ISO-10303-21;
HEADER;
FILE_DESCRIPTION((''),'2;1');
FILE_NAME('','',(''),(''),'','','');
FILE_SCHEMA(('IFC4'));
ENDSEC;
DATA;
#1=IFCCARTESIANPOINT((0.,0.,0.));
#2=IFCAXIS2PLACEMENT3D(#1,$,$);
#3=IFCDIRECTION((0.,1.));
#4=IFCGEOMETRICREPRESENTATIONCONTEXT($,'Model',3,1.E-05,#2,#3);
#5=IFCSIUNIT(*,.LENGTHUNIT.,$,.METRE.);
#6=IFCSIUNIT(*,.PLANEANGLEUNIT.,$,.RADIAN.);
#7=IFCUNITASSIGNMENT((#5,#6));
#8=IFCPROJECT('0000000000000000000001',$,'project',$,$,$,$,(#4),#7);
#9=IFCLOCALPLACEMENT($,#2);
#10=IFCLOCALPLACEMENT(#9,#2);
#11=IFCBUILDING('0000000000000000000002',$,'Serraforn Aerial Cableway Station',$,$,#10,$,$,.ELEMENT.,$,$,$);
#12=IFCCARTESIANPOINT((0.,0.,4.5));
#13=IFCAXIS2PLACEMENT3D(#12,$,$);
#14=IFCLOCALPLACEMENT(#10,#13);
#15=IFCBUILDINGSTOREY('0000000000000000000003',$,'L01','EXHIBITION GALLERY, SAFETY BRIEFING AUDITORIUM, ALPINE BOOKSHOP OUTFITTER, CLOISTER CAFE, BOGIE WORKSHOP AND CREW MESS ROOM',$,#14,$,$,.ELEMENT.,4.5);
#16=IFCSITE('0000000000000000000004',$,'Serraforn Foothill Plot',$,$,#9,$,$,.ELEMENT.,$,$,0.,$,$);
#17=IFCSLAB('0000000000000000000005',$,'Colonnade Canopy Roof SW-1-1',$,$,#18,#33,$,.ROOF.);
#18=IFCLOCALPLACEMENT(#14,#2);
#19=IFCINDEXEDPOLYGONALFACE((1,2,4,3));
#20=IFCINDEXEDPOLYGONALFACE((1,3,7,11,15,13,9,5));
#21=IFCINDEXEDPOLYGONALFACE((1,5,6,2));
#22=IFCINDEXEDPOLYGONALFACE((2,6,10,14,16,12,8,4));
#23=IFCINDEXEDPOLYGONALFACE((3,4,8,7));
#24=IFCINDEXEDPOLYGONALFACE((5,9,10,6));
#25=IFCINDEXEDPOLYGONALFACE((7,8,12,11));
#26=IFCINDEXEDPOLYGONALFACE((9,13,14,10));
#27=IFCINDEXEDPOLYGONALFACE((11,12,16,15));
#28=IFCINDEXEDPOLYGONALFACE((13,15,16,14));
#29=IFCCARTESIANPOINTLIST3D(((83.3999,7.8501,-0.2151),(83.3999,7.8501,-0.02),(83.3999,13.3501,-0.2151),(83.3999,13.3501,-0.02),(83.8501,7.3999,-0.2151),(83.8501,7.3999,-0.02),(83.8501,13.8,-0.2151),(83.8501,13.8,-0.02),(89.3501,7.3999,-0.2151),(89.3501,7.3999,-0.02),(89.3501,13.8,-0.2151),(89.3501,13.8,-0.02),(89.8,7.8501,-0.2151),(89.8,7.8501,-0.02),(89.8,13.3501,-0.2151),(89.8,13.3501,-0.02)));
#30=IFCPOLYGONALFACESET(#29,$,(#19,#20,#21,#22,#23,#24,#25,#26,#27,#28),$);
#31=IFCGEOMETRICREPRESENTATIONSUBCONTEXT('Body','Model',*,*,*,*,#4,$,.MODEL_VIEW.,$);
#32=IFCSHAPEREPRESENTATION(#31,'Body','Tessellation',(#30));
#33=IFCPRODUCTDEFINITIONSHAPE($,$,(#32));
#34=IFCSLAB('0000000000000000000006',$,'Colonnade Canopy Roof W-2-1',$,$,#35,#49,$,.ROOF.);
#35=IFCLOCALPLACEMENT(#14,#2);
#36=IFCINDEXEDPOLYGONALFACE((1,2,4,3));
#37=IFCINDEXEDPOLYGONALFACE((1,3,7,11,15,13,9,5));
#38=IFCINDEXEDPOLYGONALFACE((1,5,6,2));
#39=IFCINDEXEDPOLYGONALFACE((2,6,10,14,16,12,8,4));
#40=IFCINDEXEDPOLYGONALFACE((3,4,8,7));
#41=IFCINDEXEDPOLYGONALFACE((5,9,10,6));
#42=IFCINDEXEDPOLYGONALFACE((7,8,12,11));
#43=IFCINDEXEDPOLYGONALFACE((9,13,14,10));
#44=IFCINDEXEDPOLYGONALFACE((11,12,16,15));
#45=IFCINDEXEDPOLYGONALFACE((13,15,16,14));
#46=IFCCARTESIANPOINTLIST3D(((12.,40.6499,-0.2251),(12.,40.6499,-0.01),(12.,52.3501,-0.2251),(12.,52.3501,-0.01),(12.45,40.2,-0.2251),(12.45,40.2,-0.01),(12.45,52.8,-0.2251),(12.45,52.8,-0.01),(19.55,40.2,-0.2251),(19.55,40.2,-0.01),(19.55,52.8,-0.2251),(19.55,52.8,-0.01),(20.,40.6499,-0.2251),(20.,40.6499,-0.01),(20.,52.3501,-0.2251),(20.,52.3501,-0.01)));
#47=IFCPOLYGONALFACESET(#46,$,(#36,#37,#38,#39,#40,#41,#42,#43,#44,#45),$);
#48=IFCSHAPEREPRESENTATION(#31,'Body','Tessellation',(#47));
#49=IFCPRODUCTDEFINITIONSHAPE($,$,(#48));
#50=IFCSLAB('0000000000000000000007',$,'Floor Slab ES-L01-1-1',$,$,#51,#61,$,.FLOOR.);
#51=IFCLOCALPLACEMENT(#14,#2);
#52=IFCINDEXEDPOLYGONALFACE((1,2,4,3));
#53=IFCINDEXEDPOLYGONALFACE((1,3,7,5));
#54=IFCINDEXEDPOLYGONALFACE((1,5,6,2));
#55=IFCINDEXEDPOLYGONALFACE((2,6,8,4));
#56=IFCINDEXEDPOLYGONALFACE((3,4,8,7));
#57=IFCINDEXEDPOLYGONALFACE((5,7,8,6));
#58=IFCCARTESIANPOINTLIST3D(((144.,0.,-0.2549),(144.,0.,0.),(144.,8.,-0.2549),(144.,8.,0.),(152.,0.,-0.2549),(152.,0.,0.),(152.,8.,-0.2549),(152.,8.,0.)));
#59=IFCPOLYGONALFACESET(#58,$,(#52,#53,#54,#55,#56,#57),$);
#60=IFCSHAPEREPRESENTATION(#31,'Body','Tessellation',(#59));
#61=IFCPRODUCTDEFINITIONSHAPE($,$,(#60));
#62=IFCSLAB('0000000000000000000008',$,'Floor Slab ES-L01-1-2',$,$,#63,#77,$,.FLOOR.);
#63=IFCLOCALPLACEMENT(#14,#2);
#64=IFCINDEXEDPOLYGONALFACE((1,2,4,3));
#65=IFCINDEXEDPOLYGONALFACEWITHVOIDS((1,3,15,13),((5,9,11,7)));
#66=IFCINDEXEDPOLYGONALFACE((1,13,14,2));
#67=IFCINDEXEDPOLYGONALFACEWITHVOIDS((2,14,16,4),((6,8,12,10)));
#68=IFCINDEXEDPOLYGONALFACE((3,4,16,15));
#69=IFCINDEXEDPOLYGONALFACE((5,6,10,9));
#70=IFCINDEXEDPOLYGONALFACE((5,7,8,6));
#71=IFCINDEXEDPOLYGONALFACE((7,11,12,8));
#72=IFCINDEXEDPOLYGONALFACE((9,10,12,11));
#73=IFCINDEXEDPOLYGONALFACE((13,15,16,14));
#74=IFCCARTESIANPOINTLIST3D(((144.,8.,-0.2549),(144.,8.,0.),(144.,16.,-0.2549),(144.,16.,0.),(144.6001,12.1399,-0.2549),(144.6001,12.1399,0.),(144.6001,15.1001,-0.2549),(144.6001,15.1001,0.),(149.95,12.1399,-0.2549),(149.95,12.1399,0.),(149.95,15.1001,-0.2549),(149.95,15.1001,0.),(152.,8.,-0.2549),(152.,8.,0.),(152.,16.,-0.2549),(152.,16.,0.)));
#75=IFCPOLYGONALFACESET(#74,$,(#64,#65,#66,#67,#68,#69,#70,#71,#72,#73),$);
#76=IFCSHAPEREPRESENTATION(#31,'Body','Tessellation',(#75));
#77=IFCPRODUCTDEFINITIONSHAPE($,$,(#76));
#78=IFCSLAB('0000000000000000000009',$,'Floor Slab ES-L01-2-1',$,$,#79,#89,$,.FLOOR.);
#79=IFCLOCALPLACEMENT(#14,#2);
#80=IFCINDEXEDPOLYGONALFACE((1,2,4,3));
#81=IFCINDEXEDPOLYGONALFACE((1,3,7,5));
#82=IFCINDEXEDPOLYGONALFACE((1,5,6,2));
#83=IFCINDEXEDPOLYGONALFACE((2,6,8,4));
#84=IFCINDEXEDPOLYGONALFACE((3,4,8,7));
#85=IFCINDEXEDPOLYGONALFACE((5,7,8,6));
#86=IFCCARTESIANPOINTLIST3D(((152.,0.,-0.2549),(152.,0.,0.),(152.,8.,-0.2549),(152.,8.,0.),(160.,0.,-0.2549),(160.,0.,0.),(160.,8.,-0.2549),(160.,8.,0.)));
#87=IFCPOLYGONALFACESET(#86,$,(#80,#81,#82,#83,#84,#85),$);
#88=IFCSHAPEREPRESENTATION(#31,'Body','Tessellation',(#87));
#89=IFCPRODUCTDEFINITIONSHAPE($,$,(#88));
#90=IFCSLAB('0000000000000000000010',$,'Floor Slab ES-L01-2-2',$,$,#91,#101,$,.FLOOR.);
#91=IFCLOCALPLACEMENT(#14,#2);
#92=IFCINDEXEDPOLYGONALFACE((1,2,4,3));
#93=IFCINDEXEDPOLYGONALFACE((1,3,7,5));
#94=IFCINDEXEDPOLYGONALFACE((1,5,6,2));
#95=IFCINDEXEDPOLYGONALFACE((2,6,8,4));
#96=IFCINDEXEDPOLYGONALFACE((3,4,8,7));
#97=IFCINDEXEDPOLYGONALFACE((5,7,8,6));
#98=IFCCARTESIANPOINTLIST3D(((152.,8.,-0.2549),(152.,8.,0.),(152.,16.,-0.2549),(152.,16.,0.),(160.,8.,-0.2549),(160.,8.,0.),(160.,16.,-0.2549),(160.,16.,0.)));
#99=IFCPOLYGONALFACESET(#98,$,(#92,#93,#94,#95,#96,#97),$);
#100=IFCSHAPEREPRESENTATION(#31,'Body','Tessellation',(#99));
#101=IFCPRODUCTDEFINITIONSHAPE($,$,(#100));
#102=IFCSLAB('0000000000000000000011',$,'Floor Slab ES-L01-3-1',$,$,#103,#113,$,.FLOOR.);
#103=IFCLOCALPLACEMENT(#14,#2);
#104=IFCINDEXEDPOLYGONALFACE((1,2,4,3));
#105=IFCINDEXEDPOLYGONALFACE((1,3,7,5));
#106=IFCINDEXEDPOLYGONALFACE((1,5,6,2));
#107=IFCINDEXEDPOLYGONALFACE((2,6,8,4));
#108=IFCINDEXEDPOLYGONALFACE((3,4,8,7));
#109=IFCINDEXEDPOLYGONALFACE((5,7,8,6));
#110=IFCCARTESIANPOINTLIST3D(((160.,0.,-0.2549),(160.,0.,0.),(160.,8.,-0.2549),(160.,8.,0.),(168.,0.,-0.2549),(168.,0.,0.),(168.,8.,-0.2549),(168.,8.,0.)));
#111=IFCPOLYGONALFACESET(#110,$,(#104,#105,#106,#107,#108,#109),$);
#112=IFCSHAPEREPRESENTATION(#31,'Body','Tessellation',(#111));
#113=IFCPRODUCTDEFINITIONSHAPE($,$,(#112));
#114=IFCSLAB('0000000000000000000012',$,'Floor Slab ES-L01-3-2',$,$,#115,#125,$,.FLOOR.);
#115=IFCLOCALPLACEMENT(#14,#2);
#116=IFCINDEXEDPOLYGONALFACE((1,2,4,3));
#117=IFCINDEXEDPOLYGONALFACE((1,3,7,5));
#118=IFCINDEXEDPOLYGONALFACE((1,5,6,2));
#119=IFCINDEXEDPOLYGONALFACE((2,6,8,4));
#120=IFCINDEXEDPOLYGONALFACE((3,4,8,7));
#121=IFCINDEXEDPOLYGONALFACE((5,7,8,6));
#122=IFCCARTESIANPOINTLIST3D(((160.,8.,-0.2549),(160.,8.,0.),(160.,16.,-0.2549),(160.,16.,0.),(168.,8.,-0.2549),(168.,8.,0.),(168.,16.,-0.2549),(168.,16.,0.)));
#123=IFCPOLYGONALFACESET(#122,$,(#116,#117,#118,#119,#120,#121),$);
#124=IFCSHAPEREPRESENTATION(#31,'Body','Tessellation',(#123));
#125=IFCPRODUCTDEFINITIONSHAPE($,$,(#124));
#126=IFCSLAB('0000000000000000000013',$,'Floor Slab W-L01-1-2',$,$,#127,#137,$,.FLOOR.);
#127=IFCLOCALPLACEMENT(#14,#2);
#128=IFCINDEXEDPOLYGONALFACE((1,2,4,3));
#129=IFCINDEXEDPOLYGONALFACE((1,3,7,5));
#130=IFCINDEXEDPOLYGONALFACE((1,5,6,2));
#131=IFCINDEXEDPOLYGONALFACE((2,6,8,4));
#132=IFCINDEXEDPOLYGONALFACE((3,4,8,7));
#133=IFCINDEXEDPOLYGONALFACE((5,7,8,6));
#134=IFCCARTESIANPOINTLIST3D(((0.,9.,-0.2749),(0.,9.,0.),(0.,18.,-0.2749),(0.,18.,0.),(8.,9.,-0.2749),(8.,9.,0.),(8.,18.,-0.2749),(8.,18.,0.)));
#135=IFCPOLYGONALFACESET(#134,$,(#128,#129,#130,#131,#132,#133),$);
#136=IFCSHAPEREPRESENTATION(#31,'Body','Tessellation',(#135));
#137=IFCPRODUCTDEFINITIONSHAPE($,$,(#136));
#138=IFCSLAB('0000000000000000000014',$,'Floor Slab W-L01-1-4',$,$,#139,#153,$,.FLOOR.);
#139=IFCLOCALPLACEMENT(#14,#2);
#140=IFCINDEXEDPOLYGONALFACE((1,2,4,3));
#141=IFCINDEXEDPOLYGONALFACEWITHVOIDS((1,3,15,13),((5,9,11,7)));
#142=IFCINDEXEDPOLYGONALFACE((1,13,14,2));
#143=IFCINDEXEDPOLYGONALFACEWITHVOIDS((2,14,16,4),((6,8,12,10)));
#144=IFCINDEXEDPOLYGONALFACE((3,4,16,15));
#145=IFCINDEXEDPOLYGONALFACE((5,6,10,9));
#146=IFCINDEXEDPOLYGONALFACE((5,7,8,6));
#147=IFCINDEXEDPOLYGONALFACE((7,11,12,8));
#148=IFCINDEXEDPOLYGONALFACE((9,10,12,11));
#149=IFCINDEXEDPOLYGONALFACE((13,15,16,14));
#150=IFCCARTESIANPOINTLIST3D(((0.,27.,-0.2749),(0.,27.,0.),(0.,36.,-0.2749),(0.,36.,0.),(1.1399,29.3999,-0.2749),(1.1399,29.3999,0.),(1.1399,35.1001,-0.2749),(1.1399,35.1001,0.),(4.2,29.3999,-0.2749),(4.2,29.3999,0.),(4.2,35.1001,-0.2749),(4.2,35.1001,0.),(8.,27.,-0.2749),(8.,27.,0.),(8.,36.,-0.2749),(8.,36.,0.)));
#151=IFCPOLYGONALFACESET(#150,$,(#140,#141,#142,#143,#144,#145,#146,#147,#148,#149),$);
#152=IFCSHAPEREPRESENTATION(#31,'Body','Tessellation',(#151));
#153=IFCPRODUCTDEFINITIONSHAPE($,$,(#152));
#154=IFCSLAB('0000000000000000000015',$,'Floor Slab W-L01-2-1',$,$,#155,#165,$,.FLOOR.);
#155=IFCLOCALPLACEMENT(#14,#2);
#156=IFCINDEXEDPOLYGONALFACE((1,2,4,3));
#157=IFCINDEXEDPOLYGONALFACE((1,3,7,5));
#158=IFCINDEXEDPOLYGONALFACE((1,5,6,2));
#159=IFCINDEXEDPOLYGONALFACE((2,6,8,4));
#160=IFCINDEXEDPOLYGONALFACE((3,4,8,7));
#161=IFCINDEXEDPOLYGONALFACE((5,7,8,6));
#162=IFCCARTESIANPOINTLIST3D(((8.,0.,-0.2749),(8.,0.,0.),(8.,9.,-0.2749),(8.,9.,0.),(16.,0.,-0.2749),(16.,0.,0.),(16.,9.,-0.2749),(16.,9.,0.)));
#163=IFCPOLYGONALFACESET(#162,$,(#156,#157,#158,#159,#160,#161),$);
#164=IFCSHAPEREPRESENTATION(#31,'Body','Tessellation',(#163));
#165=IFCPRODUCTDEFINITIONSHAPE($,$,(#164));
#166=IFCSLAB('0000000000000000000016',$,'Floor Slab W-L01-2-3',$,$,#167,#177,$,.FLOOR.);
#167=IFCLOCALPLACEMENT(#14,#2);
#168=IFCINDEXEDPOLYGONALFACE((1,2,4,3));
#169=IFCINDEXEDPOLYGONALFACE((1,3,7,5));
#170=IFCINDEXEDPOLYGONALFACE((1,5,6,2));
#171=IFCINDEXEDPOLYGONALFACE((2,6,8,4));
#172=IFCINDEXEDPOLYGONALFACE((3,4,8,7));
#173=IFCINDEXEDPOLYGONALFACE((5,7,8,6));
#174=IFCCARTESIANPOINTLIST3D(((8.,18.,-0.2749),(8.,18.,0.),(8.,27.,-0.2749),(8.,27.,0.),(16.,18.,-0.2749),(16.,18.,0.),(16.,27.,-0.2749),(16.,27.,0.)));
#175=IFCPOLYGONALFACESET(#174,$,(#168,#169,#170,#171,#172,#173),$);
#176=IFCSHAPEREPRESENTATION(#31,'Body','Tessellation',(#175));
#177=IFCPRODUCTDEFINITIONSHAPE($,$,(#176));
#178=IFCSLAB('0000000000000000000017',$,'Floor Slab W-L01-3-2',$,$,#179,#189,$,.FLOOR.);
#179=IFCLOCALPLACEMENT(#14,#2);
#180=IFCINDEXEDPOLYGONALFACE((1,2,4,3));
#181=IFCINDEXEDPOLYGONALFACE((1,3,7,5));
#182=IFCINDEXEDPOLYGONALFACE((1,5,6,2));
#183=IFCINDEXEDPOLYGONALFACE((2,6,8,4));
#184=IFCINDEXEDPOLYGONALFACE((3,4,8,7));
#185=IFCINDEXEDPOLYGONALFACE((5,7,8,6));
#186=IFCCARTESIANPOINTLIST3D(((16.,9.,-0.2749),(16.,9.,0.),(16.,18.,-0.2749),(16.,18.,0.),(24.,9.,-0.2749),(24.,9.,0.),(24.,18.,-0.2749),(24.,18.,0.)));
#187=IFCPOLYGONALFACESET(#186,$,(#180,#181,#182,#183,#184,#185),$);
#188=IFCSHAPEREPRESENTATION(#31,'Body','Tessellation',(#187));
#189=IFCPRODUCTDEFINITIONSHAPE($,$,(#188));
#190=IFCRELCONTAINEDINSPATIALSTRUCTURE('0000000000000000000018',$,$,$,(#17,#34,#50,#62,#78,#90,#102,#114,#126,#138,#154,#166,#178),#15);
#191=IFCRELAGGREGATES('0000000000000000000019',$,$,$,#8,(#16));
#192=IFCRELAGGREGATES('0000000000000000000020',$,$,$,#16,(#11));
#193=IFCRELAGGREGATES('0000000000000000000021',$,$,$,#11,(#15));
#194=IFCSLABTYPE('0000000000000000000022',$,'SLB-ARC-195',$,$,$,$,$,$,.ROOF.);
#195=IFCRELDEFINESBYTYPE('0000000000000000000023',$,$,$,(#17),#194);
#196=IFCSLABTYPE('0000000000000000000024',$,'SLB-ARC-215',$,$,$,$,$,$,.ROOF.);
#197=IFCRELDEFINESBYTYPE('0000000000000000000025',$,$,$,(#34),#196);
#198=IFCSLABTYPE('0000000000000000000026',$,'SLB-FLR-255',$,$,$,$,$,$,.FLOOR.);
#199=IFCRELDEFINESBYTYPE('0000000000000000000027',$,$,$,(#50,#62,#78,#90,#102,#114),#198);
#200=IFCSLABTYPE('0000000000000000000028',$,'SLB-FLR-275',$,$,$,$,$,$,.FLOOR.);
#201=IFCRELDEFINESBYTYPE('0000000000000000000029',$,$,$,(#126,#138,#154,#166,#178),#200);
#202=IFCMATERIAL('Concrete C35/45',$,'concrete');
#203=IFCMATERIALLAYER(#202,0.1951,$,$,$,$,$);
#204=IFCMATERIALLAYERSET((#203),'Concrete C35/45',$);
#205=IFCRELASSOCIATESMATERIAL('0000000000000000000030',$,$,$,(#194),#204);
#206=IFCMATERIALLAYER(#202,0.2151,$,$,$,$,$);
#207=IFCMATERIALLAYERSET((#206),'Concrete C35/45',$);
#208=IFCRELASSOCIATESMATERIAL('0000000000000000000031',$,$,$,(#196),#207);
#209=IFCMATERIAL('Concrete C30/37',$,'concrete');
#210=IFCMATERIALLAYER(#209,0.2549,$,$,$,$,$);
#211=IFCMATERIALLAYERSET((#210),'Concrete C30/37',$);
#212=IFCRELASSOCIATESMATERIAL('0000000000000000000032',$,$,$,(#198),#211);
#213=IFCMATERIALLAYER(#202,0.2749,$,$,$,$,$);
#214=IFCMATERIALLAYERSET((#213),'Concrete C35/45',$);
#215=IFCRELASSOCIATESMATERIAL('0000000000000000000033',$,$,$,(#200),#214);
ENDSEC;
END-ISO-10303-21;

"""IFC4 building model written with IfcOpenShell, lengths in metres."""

from ifc_helpers import new_model, si_unit, direction, frame, origin, place, context, subcontext, project, spatial, polyline, outline, extrude, material, layer, layer_set, type_object, element, save


model = new_model("IFC4")

# Units and contexts
model_context = context("Model", 3, precision=1e-05, world=origin(), true_north=direction((0.0, 1.0)))
body_context = subcontext(model_context, "Body", "Model", "MODEL_VIEW")
ifc_project = project(units=[si_unit("LENGTHUNIT", "METRE"), si_unit("PLANEANGLEUNIT", "RADIAN")], contexts=[model_context])

# Site, building, storey
site_placement = place(None, origin())
site = spatial("IfcSite", under=ifc_project, at=site_placement, Name="Serraforn Foothill Plot", CompositionType="ELEMENT", RefElevation=0.0)
building_placement = place(site_placement, origin())
building = spatial("IfcBuilding", under=site, at=building_placement, Name="Serraforn Aerial Cableway Station", CompositionType="ELEMENT")
storey_placement = place(building_placement, frame((0.0, 0.0, 4.5)))
storey = spatial("IfcBuildingStorey", under=building, at=storey_placement, Name="L01", Description="EXHIBITION GALLERY, SAFETY BRIEFING AUDITORIUM, ALPINE BOOKSHOP OUTFITTER, CLOISTER CAFE, BOGIE WORKSHOP AND CREW MESS ROOM", CompositionType="ELEMENT", Elevation=4.5)

# Slabs
ifc_material_1 = material(Name="Concrete C35/45", Category="concrete")
ifc_layer_1 = layer(ifc_material_1, 0.1951)
ifc_layer_set_1 = layer_set([ifc_layer_1], Name="Concrete C35/45")
slab_type_1 = type_object("IfcSlabType", Name="SLB-ARC-195", PredefinedType="ROOF", material=ifc_layer_set_1)
slab_1_placement = place(storey_placement, frame((0.0, 0.0, -0.2151)))
element("IfcSlab", 1, at=slab_1_placement, inside=storey, type_object=slab_type_1, Name="Colonnade Canopy Roof SW-1-1", PredefinedType="ROOF", context=body_context, shape_type="SweptSolid", body=[
    extrude(outline(polyline([(83.8501, 7.3999), (89.3501, 7.3999), (89.8, 7.8501), (89.8, 13.3501), (89.3501, 13.8), (83.8501, 13.8), (83.3999, 13.3501), (83.3999, 7.8501), (83.8501, 7.3999)])), origin(), (0.0, 0.0, 1.0), 0.1951),
])
ifc_layer_2 = layer(ifc_material_1, 0.2151)
ifc_layer_set_2 = layer_set([ifc_layer_2], Name="Concrete C35/45")
slab_type_2 = type_object("IfcSlabType", Name="SLB-ARC-215", PredefinedType="ROOF", material=ifc_layer_set_2)
slab_2_placement = place(storey_placement, frame((0.0, 0.0, -0.2251)))
element("IfcSlab", 2, at=slab_2_placement, inside=storey, type_object=slab_type_2, Name="Colonnade Canopy Roof W-2-1", PredefinedType="ROOF", context=body_context, shape_type="SweptSolid", body=[
    extrude(outline(polyline([(12.45, 40.2), (19.55, 40.2), (20.0, 40.6499), (20.0, 52.3501), (19.55, 52.8), (12.45, 52.8), (12.0, 52.3501), (12.0, 40.6499), (12.45, 40.2)])), origin(), (0.0, 0.0, 1.0), 0.2151),
])
ifc_material_2 = material(Name="Concrete C30/37", Category="concrete")
ifc_layer_3 = layer(ifc_material_2, 0.2549)
ifc_layer_set_3 = layer_set([ifc_layer_3], Name="Concrete C30/37")
slab_type_3 = type_object("IfcSlabType", Name="SLB-FLR-255", PredefinedType="FLOOR", material=ifc_layer_set_3)
slab_3_placement = place(storey_placement, frame((0.0, 0.0, -0.2549)))
element("IfcSlab", 3, at=slab_3_placement, inside=storey, type_object=slab_type_3, Name="Floor Slab ES-L01-1-1", PredefinedType="FLOOR", context=body_context, shape_type="SweptSolid", body=[
    extrude(outline(polyline([(144.0, 0.0), (152.0, 0.0), (152.0, 8.0), (144.0, 8.0), (144.0, 0.0)])), origin(), (0.0, 0.0, 1.0), 0.2549),
])
slab_4_placement = place(storey_placement, frame((0.0, 0.0, -0.2549)))
element("IfcSlab", 4, at=slab_4_placement, inside=storey, type_object=slab_type_3, Name="Floor Slab ES-L01-1-2", PredefinedType="FLOOR", context=body_context, shape_type="SweptSolid", body=[
    extrude(outline(polyline([(144.0, 8.0), (152.0, 8.0), (152.0, 16.0), (144.0, 16.0), (144.0, 8.0)]), holes=[polyline([(149.95, 15.1001), (144.6001, 15.1001), (144.6001, 12.1399), (149.95, 12.1399), (149.95, 15.1001)])]), origin(), (0.0, 0.0, 1.0), 0.2549),
])
slab_5_placement = place(storey_placement, frame((0.0, 0.0, -0.2549)))
element("IfcSlab", 5, at=slab_5_placement, inside=storey, type_object=slab_type_3, Name="Floor Slab ES-L01-2-1", PredefinedType="FLOOR", context=body_context, shape_type="SweptSolid", body=[
    extrude(outline(polyline([(152.0, 0.0), (160.0, 0.0), (160.0, 8.0), (152.0, 8.0), (152.0, 0.0)])), origin(), (0.0, 0.0, 1.0), 0.2549),
])
slab_6_placement = place(storey_placement, frame((0.0, 0.0, -0.2549)))
element("IfcSlab", 6, at=slab_6_placement, inside=storey, type_object=slab_type_3, Name="Floor Slab ES-L01-2-2", PredefinedType="FLOOR", context=body_context, shape_type="SweptSolid", body=[
    extrude(outline(polyline([(152.0, 8.0), (160.0, 8.0), (160.0, 16.0), (152.0, 16.0), (152.0, 8.0)])), origin(), (0.0, 0.0, 1.0), 0.2549),
])
slab_7_placement = place(storey_placement, frame((0.0, 0.0, -0.2549)))
element("IfcSlab", 7, at=slab_7_placement, inside=storey, type_object=slab_type_3, Name="Floor Slab ES-L01-3-1", PredefinedType="FLOOR", context=body_context, shape_type="SweptSolid", body=[
    extrude(outline(polyline([(160.0, 0.0), (168.0, 0.0), (168.0, 8.0), (160.0, 8.0), (160.0, 0.0)])), origin(), (0.0, 0.0, 1.0), 0.2549),
])
slab_8_placement = place(storey_placement, frame((0.0, 0.0, -0.2549)))
element("IfcSlab", 8, at=slab_8_placement, inside=storey, type_object=slab_type_3, Name="Floor Slab ES-L01-3-2", PredefinedType="FLOOR", context=body_context, shape_type="SweptSolid", body=[
    extrude(outline(polyline([(160.0, 8.0), (168.0, 8.0), (168.0, 16.0), (160.0, 16.0), (160.0, 8.0)])), origin(), (0.0, 0.0, 1.0), 0.2549),
])
ifc_layer_4 = layer(ifc_material_1, 0.2749)
ifc_layer_set_4 = layer_set([ifc_layer_4], Name="Concrete C35/45")
slab_type_4 = type_object("IfcSlabType", Name="SLB-FLR-275", PredefinedType="FLOOR", material=ifc_layer_set_4)
slab_9_placement = place(storey_placement, frame((0.0, 0.0, -0.2749)))
element("IfcSlab", 9, at=slab_9_placement, inside=storey, type_object=slab_type_4, Name="Floor Slab W-L01-1-2", PredefinedType="FLOOR", context=body_context, shape_type="SweptSolid", body=[
    extrude(outline(polyline([(0.0, 9.0), (8.0, 9.0), (8.0, 18.0), (0.0, 18.0), (0.0, 9.0)])), origin(), (0.0, 0.0, 1.0), 0.2749),
])
slab_10_placement = place(storey_placement, frame((0.0, 0.0, -0.2749)))
element("IfcSlab", 10, at=slab_10_placement, inside=storey, type_object=slab_type_4, Name="Floor Slab W-L01-1-4", PredefinedType="FLOOR", context=body_context, shape_type="SweptSolid", body=[
    extrude(outline(polyline([(0.0, 27.0), (8.0, 27.0), (8.0, 36.0), (0.0, 36.0), (0.0, 27.0)]), holes=[polyline([(4.2, 29.3999), (4.2, 35.1001), (1.1399, 35.1001), (1.1399, 29.3999), (4.2, 29.3999)])]), origin(), (0.0, 0.0, 1.0), 0.2749),
])
slab_11_placement = place(storey_placement, frame((0.0, 0.0, -0.2749)))
element("IfcSlab", 11, at=slab_11_placement, inside=storey, type_object=slab_type_4, Name="Floor Slab W-L01-2-1", PredefinedType="FLOOR", context=body_context, shape_type="SweptSolid", body=[
    extrude(outline(polyline([(8.0, 0.0), (16.0, 0.0), (16.0, 9.0), (8.0, 9.0), (8.0, 0.0)])), origin(), (0.0, 0.0, 1.0), 0.2749),
])
slab_12_placement = place(storey_placement, frame((0.0, 0.0, -0.2749)))
element("IfcSlab", 12, at=slab_12_placement, inside=storey, type_object=slab_type_4, Name="Floor Slab W-L01-2-3", PredefinedType="FLOOR", context=body_context, shape_type="SweptSolid", body=[
    extrude(outline(polyline([(8.0, 18.0), (16.0, 18.0), (16.0, 27.0), (8.0, 27.0), (8.0, 18.0)])), origin(), (0.0, 0.0, 1.0), 0.2749),
])
slab_13_placement = place(storey_placement, frame((0.0, 0.0, -0.2749)))
element("IfcSlab", 13, at=slab_13_placement, inside=storey, type_object=slab_type_4, Name="Floor Slab W-L01-3-2", PredefinedType="FLOOR", context=body_context, shape_type="SweptSolid", body=[
    extrude(outline(polyline([(16.0, 9.0), (24.0, 9.0), (24.0, 18.0), (16.0, 18.0), (16.0, 9.0)])), origin(), (0.0, 0.0, 1.0), 0.2749),
])

save(model, "model.ifc")
